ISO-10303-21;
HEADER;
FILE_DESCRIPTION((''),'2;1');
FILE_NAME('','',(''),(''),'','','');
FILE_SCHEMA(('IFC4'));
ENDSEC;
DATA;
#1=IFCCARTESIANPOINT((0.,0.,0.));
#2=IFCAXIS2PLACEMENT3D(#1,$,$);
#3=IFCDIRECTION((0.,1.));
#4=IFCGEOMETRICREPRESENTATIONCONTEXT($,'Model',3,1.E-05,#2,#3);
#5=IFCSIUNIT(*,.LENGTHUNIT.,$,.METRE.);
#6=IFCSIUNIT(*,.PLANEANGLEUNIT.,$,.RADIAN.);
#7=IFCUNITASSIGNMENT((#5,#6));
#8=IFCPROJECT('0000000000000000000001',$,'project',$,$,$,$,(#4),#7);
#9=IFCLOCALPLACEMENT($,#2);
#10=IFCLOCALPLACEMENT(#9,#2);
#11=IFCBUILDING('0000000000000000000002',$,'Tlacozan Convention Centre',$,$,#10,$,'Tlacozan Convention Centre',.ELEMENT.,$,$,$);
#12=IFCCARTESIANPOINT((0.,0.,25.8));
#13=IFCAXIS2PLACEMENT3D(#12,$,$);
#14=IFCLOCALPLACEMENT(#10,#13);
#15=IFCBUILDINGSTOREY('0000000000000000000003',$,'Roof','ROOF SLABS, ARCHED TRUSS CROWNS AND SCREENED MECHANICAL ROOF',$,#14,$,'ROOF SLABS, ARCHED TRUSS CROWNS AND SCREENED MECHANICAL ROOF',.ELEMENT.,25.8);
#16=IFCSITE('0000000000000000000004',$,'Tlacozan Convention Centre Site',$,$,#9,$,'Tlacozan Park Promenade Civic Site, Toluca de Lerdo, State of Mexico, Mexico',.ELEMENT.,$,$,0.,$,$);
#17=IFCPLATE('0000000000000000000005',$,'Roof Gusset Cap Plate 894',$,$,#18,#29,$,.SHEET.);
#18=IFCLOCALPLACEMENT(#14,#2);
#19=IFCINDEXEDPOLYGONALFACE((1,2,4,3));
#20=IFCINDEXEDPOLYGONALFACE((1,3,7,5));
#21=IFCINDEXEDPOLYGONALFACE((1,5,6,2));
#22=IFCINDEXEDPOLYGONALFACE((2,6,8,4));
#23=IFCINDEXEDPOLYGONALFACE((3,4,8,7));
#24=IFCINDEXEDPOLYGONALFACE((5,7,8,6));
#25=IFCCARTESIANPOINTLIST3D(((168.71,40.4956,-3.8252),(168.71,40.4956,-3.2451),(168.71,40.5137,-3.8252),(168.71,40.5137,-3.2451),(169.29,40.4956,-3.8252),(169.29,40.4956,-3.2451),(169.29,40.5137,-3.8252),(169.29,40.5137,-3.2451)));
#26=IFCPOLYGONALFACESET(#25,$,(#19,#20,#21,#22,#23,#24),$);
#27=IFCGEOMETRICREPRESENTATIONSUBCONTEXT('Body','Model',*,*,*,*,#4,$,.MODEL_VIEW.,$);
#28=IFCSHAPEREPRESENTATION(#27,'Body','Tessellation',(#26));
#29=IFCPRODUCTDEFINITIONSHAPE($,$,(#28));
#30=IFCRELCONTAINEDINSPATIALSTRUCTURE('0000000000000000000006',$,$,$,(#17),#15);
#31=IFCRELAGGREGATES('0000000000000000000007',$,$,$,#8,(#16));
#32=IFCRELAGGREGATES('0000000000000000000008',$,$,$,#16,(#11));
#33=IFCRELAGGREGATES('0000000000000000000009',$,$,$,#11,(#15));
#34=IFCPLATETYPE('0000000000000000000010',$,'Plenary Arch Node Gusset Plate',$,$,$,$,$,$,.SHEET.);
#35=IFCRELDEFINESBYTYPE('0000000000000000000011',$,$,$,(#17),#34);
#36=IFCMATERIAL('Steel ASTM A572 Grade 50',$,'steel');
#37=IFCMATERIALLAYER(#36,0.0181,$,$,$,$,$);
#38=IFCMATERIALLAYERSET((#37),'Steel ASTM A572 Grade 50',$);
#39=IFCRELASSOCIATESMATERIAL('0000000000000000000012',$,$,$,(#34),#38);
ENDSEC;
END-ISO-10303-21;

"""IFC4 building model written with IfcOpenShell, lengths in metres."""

from ifc_helpers import new_model, si_unit, direction, frame, origin, origin_2d, place, context, subcontext, project, spatial, rectangle, extrude, material, layer, layer_set, type_object, element, save


model = new_model("IFC4")

# Units and contexts
model_context = context("Model", 3, precision=1e-05, world=origin(), true_north=direction((0.0, 1.0)))
body_context = subcontext(model_context, "Body", "Model", "MODEL_VIEW")
ifc_project = project(units=[si_unit("LENGTHUNIT", "METRE"), si_unit("PLANEANGLEUNIT", "RADIAN")], contexts=[model_context])

# Site, building, storey
site_placement = place(None, origin())
site = spatial("IfcSite", under=ifc_project, at=site_placement, Name="Tlacozan Convention Centre Site", LongName="Tlacozan Park Promenade Civic Site, Toluca de Lerdo, State of Mexico, Mexico", CompositionType="ELEMENT", RefElevation=0.0)
building_placement = place(site_placement, origin())
building = spatial("IfcBuilding", under=site, at=building_placement, Name="Tlacozan Convention Centre", LongName="Tlacozan Convention Centre", CompositionType="ELEMENT")
storey_placement = place(building_placement, frame((0.0, 0.0, 25.8)))
storey = spatial("IfcBuildingStorey", under=building, at=storey_placement, Name="Roof", Description="ROOF SLABS, ARCHED TRUSS CROWNS AND SCREENED MECHANICAL ROOF", LongName="ROOF SLABS, ARCHED TRUSS CROWNS AND SCREENED MECHANICAL ROOF", CompositionType="ELEMENT", Elevation=25.8)

# Plate
ifc_material_1 = material(Name="Steel ASTM A572 Grade 50", Category="steel")
ifc_layer = layer(ifc_material_1, 0.0181)
ifc_layer_set = layer_set([ifc_layer], Name="Steel ASTM A572 Grade 50")
plate_type = type_object("IfcPlateType", Name="Plenary Arch Node Gusset Plate", PredefinedType="SHEET", material=ifc_layer_set)
for number, where, z_axis, x_axis, name in (
    (1, (169.0, 40.5046, -3.8252), (0.0, 0.0, 1.0), (0.0, 1.0, 0.0), "Roof Gusset Cap Plate 894"),
):
    element("IfcPlate", number, at=place(storey_placement, frame(where, z_axis=z_axis, x_axis=x_axis)), inside=storey, type_object=plate_type, Name=name, PredefinedType="SHEET", context=body_context, shape_type="SweptSolid", body=[
        extrude(rectangle(XDim=0.0181, YDim=0.5801, at=origin_2d()), origin(), (0.0, 0.0, 1.0), 0.5801),
    ])

save(model, "model.ifc")
